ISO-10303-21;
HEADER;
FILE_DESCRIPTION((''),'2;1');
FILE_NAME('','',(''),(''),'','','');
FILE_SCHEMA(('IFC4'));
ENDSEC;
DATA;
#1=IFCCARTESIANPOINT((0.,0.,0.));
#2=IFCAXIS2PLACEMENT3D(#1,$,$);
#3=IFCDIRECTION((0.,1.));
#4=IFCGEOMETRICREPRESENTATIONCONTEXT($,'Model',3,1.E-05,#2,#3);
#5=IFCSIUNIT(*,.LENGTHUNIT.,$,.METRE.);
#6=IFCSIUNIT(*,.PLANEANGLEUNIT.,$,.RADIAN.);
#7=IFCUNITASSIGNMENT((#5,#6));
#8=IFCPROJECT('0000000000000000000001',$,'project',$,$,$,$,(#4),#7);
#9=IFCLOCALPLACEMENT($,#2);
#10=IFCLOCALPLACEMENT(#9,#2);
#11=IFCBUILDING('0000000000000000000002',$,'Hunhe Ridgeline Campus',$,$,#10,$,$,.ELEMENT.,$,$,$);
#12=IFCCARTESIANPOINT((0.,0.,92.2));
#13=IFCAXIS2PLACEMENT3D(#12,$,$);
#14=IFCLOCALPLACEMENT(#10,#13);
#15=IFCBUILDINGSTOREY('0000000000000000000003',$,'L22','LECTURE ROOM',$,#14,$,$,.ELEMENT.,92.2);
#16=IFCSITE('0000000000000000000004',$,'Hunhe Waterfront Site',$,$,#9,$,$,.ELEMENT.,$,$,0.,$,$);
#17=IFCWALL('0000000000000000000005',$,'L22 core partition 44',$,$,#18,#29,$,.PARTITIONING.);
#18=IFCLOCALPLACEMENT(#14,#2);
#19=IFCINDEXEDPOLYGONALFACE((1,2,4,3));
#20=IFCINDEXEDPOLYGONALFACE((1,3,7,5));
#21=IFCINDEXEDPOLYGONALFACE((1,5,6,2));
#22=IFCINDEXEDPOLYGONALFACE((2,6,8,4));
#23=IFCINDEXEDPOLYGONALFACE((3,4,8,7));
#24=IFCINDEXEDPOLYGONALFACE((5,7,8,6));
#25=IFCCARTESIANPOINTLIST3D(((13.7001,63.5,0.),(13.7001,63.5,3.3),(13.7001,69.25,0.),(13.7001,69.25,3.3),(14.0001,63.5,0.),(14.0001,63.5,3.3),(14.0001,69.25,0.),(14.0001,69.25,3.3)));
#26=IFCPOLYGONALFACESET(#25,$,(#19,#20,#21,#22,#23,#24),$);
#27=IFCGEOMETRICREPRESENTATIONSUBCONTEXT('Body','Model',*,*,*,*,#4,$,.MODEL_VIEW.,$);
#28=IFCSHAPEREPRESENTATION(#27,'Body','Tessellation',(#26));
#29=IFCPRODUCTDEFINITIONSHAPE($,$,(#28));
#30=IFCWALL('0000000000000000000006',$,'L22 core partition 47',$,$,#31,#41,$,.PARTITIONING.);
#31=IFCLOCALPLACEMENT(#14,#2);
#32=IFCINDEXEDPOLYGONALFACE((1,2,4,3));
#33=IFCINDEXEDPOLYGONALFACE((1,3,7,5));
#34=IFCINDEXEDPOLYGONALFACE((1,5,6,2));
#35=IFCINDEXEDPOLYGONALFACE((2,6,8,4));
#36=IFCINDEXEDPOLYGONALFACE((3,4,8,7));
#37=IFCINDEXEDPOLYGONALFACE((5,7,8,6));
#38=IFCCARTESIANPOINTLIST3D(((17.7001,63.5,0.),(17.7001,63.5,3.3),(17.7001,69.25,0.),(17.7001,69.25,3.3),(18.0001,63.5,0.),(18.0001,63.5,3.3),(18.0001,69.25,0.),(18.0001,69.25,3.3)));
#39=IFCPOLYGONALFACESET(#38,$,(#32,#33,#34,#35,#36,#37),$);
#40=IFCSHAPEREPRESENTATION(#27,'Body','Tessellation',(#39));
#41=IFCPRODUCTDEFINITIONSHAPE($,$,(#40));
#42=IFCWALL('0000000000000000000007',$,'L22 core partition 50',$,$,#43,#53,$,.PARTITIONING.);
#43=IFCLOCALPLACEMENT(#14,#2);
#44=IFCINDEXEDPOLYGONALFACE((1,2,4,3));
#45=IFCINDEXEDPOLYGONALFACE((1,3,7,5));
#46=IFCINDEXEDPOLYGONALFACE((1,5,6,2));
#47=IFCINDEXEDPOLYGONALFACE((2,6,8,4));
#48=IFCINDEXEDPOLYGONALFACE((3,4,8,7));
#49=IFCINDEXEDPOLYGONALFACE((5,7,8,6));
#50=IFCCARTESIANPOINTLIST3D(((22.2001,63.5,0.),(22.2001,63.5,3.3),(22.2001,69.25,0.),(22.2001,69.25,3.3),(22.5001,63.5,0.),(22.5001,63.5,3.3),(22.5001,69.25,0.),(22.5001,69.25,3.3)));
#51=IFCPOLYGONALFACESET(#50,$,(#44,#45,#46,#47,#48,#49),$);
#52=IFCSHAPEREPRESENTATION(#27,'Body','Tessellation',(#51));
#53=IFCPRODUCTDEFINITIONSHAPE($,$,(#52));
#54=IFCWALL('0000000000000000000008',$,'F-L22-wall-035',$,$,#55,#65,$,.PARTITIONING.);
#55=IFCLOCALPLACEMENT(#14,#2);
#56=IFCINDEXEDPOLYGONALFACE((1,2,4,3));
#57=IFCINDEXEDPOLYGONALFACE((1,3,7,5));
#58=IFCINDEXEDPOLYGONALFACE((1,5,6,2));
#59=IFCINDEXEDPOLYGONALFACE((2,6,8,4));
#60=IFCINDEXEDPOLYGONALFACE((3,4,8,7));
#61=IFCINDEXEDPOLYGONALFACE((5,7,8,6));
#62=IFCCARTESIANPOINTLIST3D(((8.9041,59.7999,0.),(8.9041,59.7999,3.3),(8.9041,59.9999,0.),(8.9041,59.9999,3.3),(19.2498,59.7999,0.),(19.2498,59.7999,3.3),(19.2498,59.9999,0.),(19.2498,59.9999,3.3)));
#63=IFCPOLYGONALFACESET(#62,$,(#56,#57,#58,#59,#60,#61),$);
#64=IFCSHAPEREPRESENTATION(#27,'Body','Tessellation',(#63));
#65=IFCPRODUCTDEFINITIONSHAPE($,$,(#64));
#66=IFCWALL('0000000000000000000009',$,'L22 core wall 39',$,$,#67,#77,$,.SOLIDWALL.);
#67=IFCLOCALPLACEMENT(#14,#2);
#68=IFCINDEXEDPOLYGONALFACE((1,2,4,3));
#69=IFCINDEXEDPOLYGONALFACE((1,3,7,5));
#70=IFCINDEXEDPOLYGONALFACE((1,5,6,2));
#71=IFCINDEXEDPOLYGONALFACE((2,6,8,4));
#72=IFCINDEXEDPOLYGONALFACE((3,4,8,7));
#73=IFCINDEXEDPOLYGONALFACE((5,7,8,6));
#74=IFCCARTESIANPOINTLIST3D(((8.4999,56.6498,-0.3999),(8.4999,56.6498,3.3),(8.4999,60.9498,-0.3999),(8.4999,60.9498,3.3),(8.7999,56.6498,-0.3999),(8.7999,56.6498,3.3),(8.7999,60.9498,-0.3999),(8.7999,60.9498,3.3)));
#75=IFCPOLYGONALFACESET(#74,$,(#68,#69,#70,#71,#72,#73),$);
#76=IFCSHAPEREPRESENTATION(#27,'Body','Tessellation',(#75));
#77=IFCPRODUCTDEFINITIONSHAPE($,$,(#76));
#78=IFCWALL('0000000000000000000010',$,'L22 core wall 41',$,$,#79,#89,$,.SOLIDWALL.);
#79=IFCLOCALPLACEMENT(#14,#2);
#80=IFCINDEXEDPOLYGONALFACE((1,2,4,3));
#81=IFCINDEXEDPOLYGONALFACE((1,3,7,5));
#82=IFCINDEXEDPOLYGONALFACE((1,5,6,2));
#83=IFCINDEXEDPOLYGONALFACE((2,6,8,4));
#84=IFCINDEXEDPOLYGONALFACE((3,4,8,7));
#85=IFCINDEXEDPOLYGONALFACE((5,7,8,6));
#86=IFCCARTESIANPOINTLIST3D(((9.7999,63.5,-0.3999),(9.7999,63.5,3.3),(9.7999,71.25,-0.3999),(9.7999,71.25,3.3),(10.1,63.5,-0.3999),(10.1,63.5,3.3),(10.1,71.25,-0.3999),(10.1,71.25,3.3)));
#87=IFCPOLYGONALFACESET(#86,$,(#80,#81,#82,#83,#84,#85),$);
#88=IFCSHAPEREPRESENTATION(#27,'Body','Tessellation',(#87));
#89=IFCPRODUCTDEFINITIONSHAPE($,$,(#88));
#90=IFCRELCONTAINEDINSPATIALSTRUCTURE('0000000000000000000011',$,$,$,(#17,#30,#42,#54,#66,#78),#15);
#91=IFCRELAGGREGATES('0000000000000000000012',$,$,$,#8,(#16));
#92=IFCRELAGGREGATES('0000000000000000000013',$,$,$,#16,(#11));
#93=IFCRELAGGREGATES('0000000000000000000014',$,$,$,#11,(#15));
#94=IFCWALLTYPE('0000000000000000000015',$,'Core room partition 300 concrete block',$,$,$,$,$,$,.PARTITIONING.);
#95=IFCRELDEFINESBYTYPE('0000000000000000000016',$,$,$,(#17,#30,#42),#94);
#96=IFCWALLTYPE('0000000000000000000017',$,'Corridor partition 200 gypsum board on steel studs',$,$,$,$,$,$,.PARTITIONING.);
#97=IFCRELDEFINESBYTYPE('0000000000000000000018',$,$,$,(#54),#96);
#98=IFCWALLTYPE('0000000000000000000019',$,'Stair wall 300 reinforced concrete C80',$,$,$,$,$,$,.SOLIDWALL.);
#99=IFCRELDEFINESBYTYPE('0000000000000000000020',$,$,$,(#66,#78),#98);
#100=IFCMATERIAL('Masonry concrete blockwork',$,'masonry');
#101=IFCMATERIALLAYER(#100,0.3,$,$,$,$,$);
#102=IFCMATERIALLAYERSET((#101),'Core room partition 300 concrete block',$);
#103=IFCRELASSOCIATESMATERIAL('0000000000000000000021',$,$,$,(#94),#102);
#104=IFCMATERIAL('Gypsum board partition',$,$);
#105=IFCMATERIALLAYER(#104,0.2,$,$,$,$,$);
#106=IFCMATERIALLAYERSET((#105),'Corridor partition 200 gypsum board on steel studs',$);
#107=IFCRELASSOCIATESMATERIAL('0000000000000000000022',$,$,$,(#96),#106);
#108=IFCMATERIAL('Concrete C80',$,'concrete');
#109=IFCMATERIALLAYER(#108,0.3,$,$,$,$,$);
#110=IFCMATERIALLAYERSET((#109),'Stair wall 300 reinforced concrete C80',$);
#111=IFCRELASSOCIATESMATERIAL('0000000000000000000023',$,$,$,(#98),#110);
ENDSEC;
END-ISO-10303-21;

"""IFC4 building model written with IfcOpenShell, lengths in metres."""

from ifc_helpers import new_model, si_unit, direction, frame, frame_2d, origin, place, context, subcontext, project, spatial, rectangle, extrude, material, layer, layer_set, type_object, element, save


model = new_model("IFC4")

# Units and contexts
model_context = context("Model", 3, precision=1e-05, world=origin(), true_north=direction((0.0, 1.0)))
body_context = subcontext(model_context, "Body", "Model", "MODEL_VIEW")
ifc_project = project(units=[si_unit("LENGTHUNIT", "METRE"), si_unit("PLANEANGLEUNIT", "RADIAN")], contexts=[model_context])

# Site, building, storey
site_placement = place(None, origin())
site = spatial("IfcSite", under=ifc_project, at=site_placement, Name="Hunhe Waterfront Site", CompositionType="ELEMENT", RefElevation=0.0)
building_placement = place(site_placement, origin())
building = spatial("IfcBuilding", under=site, at=building_placement, Name="Hunhe Ridgeline Campus", CompositionType="ELEMENT")
storey_placement = place(building_placement, frame((0.0, 0.0, 92.2)))
storey = spatial("IfcBuildingStorey", under=building, at=storey_placement, Name="L22", Description="LECTURE ROOM", CompositionType="ELEMENT", Elevation=92.2)

# Shared definitions
ifc_material_1 = material(Name="Masonry concrete blockwork", Category="masonry")
ifc_layer_1 = layer(ifc_material_1, 0.3)
ifc_layer_set_1 = layer_set([ifc_layer_1], Name="Core room partition 300 concrete block")
wall_type_1 = type_object("IfcWallType", Name="Core room partition 300 concrete block", PredefinedType="PARTITIONING", material=ifc_layer_set_1)

# Walls
for number, where, z_axis, x_axis, name in (
    (1, (13.8501, 63.5, 0.0), (0.0, 0.0, 1.0), (0.0, 1.0, 0.0), "L22 core partition 44"),
    (2, (17.8501, 63.5, 0.0), (0.0, 0.0, 1.0), (0.0, 1.0, 0.0), "L22 core partition 47"),
    (3, (22.3501, 63.5, 0.0), (0.0, 0.0, 1.0), (0.0, 1.0, 0.0), "L22 core partition 50"),
):
    element("IfcWall", number, at=place(storey_placement, frame(where, z_axis=z_axis, x_axis=x_axis)), inside=storey, type_object=wall_type_1, Name=name, PredefinedType="PARTITIONING", context=body_context, shape_type="SweptSolid", body=[
        extrude(rectangle(XDim=5.75, YDim=0.3, at=frame_2d((2.875, 0.0))), origin(), (0.0, 0.0, 1.0), 3.3),
    ])
ifc_material_2 = material(Name="Gypsum board partition")
ifc_layer_2 = layer(ifc_material_2, 0.2)
ifc_layer_set_2 = layer_set([ifc_layer_2], Name="Corridor partition 200 gypsum board on steel studs")
wall_type_2 = type_object("IfcWallType", Name="Corridor partition 200 gypsum board on steel studs", PredefinedType="PARTITIONING", material=ifc_layer_set_2)
wall_1_placement = place(storey_placement, frame((19.2498, 59.8999, 0.0), z_axis=(0.0, 0.0, 1.0), x_axis=(-1.0, 0.0, 0.0)))
element("IfcWall", 4, at=wall_1_placement, inside=storey, type_object=wall_type_2, Name="F-L22-wall-035", PredefinedType="PARTITIONING", context=body_context, shape_type="SweptSolid", body=[
    extrude(rectangle(XDim=10.3457, YDim=0.2, at=frame_2d((5.1729, 0.0))), origin(), (0.0, 0.0, 1.0), 3.3),
])
ifc_material_3 = material(Name="Concrete C80", Category="concrete")
ifc_layer_3 = layer(ifc_material_3, 0.3)
ifc_layer_set_3 = layer_set([ifc_layer_3], Name="Stair wall 300 reinforced concrete C80")
wall_type_3 = type_object("IfcWallType", Name="Stair wall 300 reinforced concrete C80", PredefinedType="SOLIDWALL", material=ifc_layer_set_3)
wall_2_placement = place(storey_placement, frame((8.6499, 56.6499, -0.3999), z_axis=(0.0, 0.0, 1.0), x_axis=(0.0, 1.0, 0.0)))
element("IfcWall", 5, at=wall_2_placement, inside=storey, type_object=wall_type_3, Name="L22 core wall 39", PredefinedType="SOLIDWALL", context=body_context, shape_type="SweptSolid", body=[
    extrude(rectangle(XDim=4.3, YDim=0.3, at=frame_2d((2.1499, 0.0))), origin(), (0.0, 0.0, 1.0), 3.7),
])
wall_3_placement = place(storey_placement, frame((9.95, 63.5, -0.3999), z_axis=(0.0, 0.0, 1.0), x_axis=(0.0, 1.0, 0.0)))
element("IfcWall", 6, at=wall_3_placement, inside=storey, type_object=wall_type_3, Name="L22 core wall 41", PredefinedType="SOLIDWALL", context=body_context, shape_type="SweptSolid", body=[
    extrude(rectangle(XDim=7.75, YDim=0.3, at=frame_2d((3.875, 0.0))), origin(), (0.0, 0.0, 1.0), 3.7),
])

save(model, "model.ifc")
